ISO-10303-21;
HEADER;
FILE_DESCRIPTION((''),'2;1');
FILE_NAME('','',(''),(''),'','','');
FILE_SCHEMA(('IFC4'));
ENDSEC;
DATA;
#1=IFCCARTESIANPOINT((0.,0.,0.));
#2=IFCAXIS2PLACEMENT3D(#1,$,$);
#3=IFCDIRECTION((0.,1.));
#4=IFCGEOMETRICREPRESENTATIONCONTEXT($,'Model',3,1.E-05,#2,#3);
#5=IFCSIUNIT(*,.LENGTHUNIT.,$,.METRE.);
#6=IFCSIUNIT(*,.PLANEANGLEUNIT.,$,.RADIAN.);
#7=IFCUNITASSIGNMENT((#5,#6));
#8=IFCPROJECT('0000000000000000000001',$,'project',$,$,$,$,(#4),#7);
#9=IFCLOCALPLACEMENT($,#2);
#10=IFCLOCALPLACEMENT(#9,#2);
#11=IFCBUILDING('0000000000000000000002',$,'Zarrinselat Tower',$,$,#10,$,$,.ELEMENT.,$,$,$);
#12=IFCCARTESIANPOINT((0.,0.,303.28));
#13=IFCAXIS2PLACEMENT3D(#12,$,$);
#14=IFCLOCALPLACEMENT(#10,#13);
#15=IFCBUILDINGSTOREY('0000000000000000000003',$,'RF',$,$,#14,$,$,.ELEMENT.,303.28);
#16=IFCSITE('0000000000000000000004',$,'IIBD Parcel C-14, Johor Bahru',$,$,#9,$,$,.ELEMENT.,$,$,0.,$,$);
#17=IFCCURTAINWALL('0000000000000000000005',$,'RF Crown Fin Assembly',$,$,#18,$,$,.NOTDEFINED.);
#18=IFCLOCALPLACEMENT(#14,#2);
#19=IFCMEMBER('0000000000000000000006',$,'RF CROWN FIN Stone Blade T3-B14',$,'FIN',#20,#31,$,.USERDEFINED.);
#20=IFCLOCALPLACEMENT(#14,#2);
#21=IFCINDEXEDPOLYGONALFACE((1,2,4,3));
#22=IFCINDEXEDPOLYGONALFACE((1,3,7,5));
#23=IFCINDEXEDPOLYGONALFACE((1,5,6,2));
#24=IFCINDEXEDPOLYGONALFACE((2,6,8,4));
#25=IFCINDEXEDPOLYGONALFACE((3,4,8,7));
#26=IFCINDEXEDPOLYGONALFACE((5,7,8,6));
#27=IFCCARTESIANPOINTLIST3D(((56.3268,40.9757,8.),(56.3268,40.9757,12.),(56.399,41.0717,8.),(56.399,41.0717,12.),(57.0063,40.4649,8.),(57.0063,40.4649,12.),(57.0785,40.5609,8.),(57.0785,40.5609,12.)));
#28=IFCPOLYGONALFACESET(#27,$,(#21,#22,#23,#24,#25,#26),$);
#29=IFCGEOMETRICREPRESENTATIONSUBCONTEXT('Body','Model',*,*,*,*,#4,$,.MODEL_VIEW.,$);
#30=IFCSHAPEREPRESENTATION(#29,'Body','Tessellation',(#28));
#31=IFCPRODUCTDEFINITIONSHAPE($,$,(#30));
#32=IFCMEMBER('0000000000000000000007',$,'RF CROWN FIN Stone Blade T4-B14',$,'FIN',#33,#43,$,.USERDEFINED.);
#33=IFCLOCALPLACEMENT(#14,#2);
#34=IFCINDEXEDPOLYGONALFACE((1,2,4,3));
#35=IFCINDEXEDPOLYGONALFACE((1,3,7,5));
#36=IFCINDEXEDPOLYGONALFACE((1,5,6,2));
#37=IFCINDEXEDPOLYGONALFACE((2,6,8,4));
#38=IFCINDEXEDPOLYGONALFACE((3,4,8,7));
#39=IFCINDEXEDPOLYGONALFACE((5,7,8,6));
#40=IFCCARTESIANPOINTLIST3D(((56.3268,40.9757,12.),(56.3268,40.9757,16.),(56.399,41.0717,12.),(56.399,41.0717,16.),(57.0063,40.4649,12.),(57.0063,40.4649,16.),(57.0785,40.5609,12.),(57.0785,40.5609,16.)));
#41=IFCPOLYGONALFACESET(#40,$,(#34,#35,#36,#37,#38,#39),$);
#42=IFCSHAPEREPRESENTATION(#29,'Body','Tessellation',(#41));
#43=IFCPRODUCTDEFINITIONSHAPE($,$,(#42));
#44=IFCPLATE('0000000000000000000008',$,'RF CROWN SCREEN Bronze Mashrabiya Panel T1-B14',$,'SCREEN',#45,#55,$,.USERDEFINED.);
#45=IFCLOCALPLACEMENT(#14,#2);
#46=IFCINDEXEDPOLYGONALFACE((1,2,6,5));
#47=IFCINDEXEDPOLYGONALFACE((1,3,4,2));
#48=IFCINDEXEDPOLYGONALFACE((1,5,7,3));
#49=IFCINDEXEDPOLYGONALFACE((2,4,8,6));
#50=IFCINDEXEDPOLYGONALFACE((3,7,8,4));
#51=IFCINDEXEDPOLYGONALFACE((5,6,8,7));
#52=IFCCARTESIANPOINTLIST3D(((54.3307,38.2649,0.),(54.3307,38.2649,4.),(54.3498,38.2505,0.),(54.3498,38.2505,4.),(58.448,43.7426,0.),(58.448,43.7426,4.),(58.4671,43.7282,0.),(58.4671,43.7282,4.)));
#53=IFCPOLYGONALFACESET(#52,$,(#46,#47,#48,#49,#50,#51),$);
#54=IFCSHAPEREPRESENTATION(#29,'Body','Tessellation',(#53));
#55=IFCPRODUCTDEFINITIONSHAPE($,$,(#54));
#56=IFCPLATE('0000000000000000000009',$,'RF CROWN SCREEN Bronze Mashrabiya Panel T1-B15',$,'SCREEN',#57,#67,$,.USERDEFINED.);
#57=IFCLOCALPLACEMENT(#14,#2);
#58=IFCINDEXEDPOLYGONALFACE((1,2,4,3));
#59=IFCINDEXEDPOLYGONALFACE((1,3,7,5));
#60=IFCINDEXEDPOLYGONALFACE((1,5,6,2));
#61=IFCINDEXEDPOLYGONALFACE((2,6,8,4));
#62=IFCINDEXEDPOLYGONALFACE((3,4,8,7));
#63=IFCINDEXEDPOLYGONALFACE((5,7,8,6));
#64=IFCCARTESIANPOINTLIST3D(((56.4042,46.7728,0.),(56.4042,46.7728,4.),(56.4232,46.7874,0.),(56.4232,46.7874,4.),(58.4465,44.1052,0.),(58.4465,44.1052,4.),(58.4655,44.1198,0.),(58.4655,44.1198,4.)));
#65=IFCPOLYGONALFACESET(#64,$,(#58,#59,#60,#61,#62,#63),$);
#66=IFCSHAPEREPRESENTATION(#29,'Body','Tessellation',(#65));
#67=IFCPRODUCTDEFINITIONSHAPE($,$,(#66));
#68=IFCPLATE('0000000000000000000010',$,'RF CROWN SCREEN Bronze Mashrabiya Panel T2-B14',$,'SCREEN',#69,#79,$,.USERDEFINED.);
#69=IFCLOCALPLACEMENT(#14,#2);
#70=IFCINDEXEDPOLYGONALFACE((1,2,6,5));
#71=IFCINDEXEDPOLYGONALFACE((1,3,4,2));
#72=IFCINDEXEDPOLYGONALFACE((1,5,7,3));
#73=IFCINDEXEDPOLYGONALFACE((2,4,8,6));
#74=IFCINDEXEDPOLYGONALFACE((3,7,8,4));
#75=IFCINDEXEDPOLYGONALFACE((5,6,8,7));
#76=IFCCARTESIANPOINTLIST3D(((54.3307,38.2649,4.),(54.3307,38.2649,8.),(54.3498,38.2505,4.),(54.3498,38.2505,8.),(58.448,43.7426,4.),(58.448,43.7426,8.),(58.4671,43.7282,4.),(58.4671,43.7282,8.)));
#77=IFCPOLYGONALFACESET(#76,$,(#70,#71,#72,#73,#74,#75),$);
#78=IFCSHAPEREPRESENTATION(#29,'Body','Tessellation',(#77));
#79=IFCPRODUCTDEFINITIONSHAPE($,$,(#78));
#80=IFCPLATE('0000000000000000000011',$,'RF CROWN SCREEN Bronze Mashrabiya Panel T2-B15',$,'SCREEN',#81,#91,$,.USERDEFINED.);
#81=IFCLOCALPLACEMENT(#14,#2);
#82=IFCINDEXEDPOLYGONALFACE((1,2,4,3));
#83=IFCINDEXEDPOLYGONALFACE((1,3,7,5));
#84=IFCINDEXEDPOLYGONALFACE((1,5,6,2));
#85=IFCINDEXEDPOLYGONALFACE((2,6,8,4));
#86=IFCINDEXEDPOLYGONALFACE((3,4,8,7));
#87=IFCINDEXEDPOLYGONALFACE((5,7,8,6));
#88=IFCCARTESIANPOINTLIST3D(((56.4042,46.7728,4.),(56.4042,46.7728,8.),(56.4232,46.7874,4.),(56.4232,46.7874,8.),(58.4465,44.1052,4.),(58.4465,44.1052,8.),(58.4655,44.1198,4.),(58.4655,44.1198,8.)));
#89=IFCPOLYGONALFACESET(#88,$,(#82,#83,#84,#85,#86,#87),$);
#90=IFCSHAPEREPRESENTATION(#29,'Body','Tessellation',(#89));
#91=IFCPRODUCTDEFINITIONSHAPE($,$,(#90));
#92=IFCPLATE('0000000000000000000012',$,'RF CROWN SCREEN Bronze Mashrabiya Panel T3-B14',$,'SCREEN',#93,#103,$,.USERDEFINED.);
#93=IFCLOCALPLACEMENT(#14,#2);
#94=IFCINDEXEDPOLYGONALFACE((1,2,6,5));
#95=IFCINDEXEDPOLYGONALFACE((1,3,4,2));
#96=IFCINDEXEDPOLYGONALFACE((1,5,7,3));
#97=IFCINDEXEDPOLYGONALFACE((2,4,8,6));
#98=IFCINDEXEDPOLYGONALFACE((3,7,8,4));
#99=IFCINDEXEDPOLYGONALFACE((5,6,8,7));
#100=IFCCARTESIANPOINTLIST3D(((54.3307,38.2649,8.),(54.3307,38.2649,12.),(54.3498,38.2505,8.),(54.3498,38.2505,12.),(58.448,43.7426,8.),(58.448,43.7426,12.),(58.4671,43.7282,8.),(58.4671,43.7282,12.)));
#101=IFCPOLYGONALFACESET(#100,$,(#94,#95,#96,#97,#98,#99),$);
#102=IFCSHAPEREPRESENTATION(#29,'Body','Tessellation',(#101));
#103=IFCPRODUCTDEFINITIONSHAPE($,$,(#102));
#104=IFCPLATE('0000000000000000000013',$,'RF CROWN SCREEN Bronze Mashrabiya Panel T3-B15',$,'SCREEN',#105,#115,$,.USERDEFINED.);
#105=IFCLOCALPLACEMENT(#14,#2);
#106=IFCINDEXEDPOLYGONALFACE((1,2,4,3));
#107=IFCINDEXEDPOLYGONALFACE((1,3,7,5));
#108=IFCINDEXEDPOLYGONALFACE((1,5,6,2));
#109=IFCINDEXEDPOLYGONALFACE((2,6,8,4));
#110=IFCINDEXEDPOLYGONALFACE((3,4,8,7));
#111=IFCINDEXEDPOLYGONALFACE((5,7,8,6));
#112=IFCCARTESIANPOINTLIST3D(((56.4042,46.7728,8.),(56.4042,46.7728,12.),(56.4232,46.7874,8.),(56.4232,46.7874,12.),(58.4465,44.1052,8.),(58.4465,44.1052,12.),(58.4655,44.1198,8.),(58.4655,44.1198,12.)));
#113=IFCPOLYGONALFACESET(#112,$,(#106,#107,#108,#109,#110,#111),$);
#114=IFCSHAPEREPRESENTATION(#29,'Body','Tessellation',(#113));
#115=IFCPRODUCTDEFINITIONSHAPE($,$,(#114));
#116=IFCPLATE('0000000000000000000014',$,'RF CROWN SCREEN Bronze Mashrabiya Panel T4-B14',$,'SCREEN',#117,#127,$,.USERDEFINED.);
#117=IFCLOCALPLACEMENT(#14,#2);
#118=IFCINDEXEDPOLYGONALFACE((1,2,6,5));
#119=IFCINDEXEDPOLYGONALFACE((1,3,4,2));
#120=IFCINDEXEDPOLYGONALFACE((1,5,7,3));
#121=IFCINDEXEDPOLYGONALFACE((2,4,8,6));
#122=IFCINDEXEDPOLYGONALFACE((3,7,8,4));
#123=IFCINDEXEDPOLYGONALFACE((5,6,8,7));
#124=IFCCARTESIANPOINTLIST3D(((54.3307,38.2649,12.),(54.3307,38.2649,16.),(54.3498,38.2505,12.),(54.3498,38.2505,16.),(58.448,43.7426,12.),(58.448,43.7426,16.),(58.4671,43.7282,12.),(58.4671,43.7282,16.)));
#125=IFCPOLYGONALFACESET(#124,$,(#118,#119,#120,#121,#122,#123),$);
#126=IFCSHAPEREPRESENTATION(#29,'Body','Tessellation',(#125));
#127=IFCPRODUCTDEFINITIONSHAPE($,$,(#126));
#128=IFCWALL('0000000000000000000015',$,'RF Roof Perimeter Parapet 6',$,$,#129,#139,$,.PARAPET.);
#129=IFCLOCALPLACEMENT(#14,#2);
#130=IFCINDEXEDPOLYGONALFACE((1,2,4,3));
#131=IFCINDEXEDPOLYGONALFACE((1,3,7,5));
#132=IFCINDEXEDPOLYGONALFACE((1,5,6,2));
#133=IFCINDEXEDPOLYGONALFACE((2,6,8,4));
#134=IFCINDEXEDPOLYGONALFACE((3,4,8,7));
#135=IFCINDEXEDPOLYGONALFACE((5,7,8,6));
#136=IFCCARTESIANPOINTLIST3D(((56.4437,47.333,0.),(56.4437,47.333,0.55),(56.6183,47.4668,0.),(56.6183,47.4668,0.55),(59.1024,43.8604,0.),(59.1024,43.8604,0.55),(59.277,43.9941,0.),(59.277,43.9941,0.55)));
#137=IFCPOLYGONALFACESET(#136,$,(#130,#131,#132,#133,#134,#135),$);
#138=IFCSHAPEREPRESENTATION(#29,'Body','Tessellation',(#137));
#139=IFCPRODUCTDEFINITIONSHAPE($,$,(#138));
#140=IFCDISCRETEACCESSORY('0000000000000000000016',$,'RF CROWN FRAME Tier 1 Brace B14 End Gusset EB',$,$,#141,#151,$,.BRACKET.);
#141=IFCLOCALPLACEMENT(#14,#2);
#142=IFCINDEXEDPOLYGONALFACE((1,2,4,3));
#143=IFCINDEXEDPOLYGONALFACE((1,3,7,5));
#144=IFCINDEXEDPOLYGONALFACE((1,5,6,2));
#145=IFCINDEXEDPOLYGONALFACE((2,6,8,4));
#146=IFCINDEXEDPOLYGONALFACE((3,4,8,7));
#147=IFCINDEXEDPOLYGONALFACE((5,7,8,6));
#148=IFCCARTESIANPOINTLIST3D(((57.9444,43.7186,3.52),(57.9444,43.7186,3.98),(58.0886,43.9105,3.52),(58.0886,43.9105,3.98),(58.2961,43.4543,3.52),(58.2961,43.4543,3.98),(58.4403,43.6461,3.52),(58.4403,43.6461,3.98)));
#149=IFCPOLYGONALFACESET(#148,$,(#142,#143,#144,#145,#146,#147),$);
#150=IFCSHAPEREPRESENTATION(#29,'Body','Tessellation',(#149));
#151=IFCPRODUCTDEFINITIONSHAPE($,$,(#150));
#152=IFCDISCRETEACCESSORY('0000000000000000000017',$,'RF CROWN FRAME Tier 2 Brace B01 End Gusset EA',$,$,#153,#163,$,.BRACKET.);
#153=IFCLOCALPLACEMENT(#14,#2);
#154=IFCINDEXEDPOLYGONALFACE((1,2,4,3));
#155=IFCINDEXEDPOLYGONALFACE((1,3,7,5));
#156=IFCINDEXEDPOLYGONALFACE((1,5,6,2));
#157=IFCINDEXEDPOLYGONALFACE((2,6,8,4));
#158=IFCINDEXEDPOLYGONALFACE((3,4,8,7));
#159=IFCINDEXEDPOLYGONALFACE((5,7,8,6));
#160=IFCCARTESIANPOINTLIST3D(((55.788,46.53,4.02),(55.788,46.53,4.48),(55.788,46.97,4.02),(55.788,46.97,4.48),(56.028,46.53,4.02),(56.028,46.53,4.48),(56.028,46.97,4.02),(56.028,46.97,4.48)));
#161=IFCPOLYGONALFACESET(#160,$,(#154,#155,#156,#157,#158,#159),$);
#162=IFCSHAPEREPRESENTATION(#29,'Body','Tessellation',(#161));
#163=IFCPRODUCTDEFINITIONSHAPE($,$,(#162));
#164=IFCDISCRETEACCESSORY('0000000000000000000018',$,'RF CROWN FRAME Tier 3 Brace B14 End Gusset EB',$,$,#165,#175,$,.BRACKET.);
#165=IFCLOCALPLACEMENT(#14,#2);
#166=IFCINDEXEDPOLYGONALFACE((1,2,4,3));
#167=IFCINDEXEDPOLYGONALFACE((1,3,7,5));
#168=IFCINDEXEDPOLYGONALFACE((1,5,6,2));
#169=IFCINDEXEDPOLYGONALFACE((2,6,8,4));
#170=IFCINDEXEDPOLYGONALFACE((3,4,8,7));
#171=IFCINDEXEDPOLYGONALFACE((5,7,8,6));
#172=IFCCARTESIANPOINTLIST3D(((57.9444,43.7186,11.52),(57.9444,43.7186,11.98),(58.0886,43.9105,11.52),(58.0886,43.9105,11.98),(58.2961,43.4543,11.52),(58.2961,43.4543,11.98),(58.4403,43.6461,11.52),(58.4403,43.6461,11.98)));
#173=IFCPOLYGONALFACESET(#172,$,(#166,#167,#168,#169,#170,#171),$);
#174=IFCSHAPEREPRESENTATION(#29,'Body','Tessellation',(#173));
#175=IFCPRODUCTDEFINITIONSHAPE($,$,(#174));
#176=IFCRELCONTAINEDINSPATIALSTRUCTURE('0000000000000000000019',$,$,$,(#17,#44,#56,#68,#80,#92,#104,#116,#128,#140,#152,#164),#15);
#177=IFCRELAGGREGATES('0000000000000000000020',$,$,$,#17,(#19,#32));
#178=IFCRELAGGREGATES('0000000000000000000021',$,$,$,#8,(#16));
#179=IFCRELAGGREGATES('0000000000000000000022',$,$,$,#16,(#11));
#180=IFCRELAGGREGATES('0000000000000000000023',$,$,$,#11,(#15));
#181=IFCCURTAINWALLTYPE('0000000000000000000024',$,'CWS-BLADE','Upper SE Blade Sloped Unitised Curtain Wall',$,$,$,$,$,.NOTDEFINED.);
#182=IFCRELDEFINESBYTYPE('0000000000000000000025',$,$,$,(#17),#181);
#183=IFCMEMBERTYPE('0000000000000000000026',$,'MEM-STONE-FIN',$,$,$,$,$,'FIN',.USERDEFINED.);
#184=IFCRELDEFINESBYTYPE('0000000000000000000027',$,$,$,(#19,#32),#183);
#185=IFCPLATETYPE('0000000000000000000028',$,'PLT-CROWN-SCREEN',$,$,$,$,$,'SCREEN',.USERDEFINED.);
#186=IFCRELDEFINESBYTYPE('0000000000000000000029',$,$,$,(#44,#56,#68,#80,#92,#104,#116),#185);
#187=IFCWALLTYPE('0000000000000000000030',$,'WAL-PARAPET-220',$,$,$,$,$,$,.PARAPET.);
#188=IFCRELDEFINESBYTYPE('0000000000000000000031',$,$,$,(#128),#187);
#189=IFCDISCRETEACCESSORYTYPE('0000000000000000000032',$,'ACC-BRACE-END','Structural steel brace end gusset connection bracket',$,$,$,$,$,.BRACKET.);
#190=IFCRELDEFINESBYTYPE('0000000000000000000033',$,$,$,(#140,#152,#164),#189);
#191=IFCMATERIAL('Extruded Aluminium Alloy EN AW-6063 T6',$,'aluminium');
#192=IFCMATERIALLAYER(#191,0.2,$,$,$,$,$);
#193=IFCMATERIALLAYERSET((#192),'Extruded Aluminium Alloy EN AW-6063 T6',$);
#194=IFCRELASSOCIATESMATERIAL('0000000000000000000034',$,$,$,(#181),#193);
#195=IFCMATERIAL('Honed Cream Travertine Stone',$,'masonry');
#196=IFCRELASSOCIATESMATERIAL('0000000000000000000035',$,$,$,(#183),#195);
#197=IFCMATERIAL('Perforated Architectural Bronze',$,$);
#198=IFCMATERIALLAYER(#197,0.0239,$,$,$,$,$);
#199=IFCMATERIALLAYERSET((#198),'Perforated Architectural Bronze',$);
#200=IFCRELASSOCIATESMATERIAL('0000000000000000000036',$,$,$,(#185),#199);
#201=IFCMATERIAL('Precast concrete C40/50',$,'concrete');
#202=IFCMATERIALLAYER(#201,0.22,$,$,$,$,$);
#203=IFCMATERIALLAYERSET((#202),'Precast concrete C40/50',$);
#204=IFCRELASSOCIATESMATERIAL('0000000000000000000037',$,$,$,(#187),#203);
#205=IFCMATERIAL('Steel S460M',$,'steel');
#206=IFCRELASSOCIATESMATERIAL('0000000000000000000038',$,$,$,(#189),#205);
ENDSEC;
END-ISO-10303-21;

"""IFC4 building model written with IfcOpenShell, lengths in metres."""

from ifc_helpers import new_model, si_unit, direction, frame, frame_2d, origin, origin_2d, place, context, subcontext, project, spatial, rectangle, extrude, material, layer, layer_set, material_profile, profile_set, type_object, element, aggregate, save


model = new_model("IFC4")

# Units and contexts
model_context = context("Model", 3, precision=1e-05, world=origin(), true_north=direction((0.0, 1.0)))
body_context = subcontext(model_context, "Body", "Model", "MODEL_VIEW")
ifc_project = project(units=[si_unit("LENGTHUNIT", "METRE"), si_unit("PLANEANGLEUNIT", "RADIAN")], contexts=[model_context])

# Site, building, storey
site_placement = place(None, origin())
site = spatial("IfcSite", under=ifc_project, at=site_placement, Name="IIBD Parcel C-14, Johor Bahru", CompositionType="ELEMENT", RefElevation=0.0)
building_placement = place(site_placement, origin())
building = spatial("IfcBuilding", under=site, at=building_placement, Name="Zarrinselat Tower", CompositionType="ELEMENT")
storey_placement = place(building_placement, frame((0.0, 0.0, 303.28)))
storey = spatial("IfcBuildingStorey", under=building, at=storey_placement, Name="RF", CompositionType="ELEMENT", Elevation=303.28)

# Curtain wall, members
ifc_material_1 = material(Name="Extruded Aluminium Alloy EN AW-6063 T6", Category="aluminium")
ifc_layer_1 = layer(ifc_material_1, 0.2)
ifc_layer_set_1 = layer_set([ifc_layer_1], Name="Extruded Aluminium Alloy EN AW-6063 T6")
curtain_wall_type = type_object("IfcCurtainWallType", Name="CWS-BLADE", Description="Upper SE Blade Sloped Unitised Curtain Wall", PredefinedType="NOTDEFINED", material=ifc_layer_set_1)
curtain_wall_placement = place(storey_placement, origin())
curtain_wall = element("IfcCurtainWall", 1, at=curtain_wall_placement, inside=storey, type_object=curtain_wall_type, Name="RF Crown Fin Assembly", PredefinedType="NOTDEFINED")
ifc_material_2 = material(Name="Honed Cream Travertine Stone", Category="masonry")
ifc_material_profile_1 = material_profile(ifc_material_2, rectangle(XDim=0.1201, YDim=0.8501, at=origin_2d()), Name="FIN 850x120")
ifc_profile_set_1 = profile_set([ifc_material_profile_1], Name="Honed Cream Travertine Stone")
member_type_1 = type_object("IfcMemberType", Name="MEM-STONE-FIN", ElementType="FIN", PredefinedType="USERDEFINED", material=ifc_profile_set_1)
member_1_placement = place(storey_placement, frame((56.7026, 40.7683, 8.0), z_axis=(0.0, 0.0, 1.0), x_axis=(-0.600844, -0.799367, 0.0)))
member_1 = element("IfcMember", 2, at=member_1_placement, type_object=member_type_1, Name="RF CROWN FIN Stone Blade T3-B14", ObjectType="FIN", PredefinedType="USERDEFINED", context=body_context, shape_type="SweptSolid", body=[
    extrude(rectangle(XDim=0.1201, YDim=0.8501, at=origin_2d()), origin(), (0.0, 0.0, 1.0), 4.0),
])
member_2_placement = place(storey_placement, frame((56.7026, 40.7683, 12.0), z_axis=(0.0, 0.0, 1.0), x_axis=(-0.600844, -0.799367, 0.0)))
member_2 = element("IfcMember", 3, at=member_2_placement, type_object=member_type_1, Name="RF CROWN FIN Stone Blade T4-B14", ObjectType="FIN", PredefinedType="USERDEFINED", context=body_context, shape_type="SweptSolid", body=[
    extrude(rectangle(XDim=0.1201, YDim=0.8501, at=origin_2d()), origin(), (0.0, 0.0, 1.0), 4.0),
])
aggregate(curtain_wall, [member_1, member_2])

# Plates
ifc_material_3 = material(Name="Perforated Architectural Bronze")
ifc_layer_2 = layer(ifc_material_3, 0.0239)
ifc_layer_set_2 = layer_set([ifc_layer_2], Name="Perforated Architectural Bronze")
plate_type = type_object("IfcPlateType", Name="PLT-CROWN-SCREEN", ElementType="SCREEN", PredefinedType="USERDEFINED", material=ifc_layer_set_2)
plate_1_placement = place(storey_placement, frame((56.3989, 40.9966, 0.0), z_axis=(0.0, 0.0, 1.0), x_axis=(0.600844, 0.799367, 0.0)))
element("IfcPlate", 4, at=plate_1_placement, inside=storey, type_object=plate_type, Name="RF CROWN SCREEN Bronze Mashrabiya Panel T1-B14", ObjectType="SCREEN", PredefinedType="USERDEFINED", context=body_context, shape_type="SweptSolid", body=[
    extrude(rectangle(XDim=6.8525, YDim=0.0239, at=origin_2d()), origin(), (0.0, 0.0, 1.0), 4.0),
])
plate_2_placement = place(storey_placement, frame((57.4348, 45.4463, 0.0), z_axis=(0.0, 0.0, 1.0), x_axis=(-0.607895, 0.794017, 0.0)))
element("IfcPlate", 5, at=plate_2_placement, inside=storey, type_object=plate_type, Name="RF CROWN SCREEN Bronze Mashrabiya Panel T1-B15", ObjectType="SCREEN", PredefinedType="USERDEFINED", context=body_context, shape_type="SweptSolid", body=[
    extrude(rectangle(XDim=3.3596, YDim=0.0239, at=origin_2d()), origin(), (0.0, 0.0, 1.0), 4.0),
])
plate_3_placement = place(storey_placement, frame((56.3989, 40.9966, 4.0), z_axis=(0.0, 0.0, 1.0), x_axis=(0.600844, 0.799367, 0.0)))
element("IfcPlate", 6, at=plate_3_placement, inside=storey, type_object=plate_type, Name="RF CROWN SCREEN Bronze Mashrabiya Panel T2-B14", ObjectType="SCREEN", PredefinedType="USERDEFINED", context=body_context, shape_type="SweptSolid", body=[
    extrude(rectangle(XDim=6.8525, YDim=0.0239, at=origin_2d()), origin(), (0.0, 0.0, 1.0), 4.0),
])
plate_4_placement = place(storey_placement, frame((57.4348, 45.4463, 4.0), z_axis=(0.0, 0.0, 1.0), x_axis=(-0.607895, 0.794017, 0.0)))
element("IfcPlate", 7, at=plate_4_placement, inside=storey, type_object=plate_type, Name="RF CROWN SCREEN Bronze Mashrabiya Panel T2-B15", ObjectType="SCREEN", PredefinedType="USERDEFINED", context=body_context, shape_type="SweptSolid", body=[
    extrude(rectangle(XDim=3.3596, YDim=0.0239, at=origin_2d()), origin(), (0.0, 0.0, 1.0), 4.0),
])
plate_5_placement = place(storey_placement, frame((56.3989, 40.9966, 8.0), z_axis=(0.0, 0.0, 1.0), x_axis=(0.600844, 0.799367, 0.0)))
element("IfcPlate", 8, at=plate_5_placement, inside=storey, type_object=plate_type, Name="RF CROWN SCREEN Bronze Mashrabiya Panel T3-B14", ObjectType="SCREEN", PredefinedType="USERDEFINED", context=body_context, shape_type="SweptSolid", body=[
    extrude(rectangle(XDim=6.8525, YDim=0.0239, at=origin_2d()), origin(), (0.0, 0.0, 1.0), 4.0),
])
plate_6_placement = place(storey_placement, frame((57.4348, 45.4463, 8.0), z_axis=(0.0, 0.0, 1.0), x_axis=(-0.607895, 0.794017, 0.0)))
element("IfcPlate", 9, at=plate_6_placement, inside=storey, type_object=plate_type, Name="RF CROWN SCREEN Bronze Mashrabiya Panel T3-B15", ObjectType="SCREEN", PredefinedType="USERDEFINED", context=body_context, shape_type="SweptSolid", body=[
    extrude(rectangle(XDim=3.3596, YDim=0.0239, at=origin_2d()), origin(), (0.0, 0.0, 1.0), 4.0),
])
plate_7_placement = place(storey_placement, frame((56.3989, 40.9966, 12.0), z_axis=(0.0, 0.0, 1.0), x_axis=(0.600844, 0.799367, 0.0)))
element("IfcPlate", 10, at=plate_7_placement, inside=storey, type_object=plate_type, Name="RF CROWN SCREEN Bronze Mashrabiya Panel T4-B14", ObjectType="SCREEN", PredefinedType="USERDEFINED", context=body_context, shape_type="SweptSolid", body=[
    extrude(rectangle(XDim=6.8525, YDim=0.0239, at=origin_2d()), origin(), (0.0, 0.0, 1.0), 4.0),
])

# Wall
ifc_material_4 = material(Name="Precast concrete C40/50", Category="concrete")
ifc_layer_3 = layer(ifc_material_4, 0.22)
ifc_layer_set_3 = layer_set([ifc_layer_3], Name="Precast concrete C40/50")
wall_type = type_object("IfcWallType", Name="WAL-PARAPET-220", PredefinedType="PARAPET", material=ifc_layer_set_3)
wall_placement = place(storey_placement, frame((56.531, 47.3999, 0.0), z_axis=(0.0, 0.0, 1.0), x_axis=(0.607902, -0.794012, 0.0)))
element("IfcWall", 11, at=wall_placement, inside=storey, type_object=wall_type, Name="RF Roof Perimeter Parapet 6", PredefinedType="PARAPET", context=body_context, shape_type="SweptSolid", body=[
    extrude(rectangle(XDim=4.3735, YDim=0.22, at=frame_2d((2.1868, 0.0))), origin(), (0.0, 0.0, 1.0), 0.55),
])

# Discrete accessories
ifc_material_5 = material(Name="Steel S460M", Category="steel")
discrete_accessory_type = type_object("IfcDiscreteAccessoryType", Name="ACC-BRACE-END", Description="Structural steel brace end gusset connection bracket", PredefinedType="BRACKET", material=ifc_material_5)
for number, where, z_axis, x_axis, name in (
    (12, (58.1924, 43.6824, 3.52), (0.0, 0.0, 1.0), (0.600844, 0.799367, 0.0), "RF CROWN FRAME Tier 1 Brace B14 End Gusset EB"),
    (13, (55.908, 46.75, 4.02), (0.0, 0.0, 1.0), (-1.0, 0.0, 0.0), "RF CROWN FRAME Tier 2 Brace B01 End Gusset EA"),
    (14, (58.1924, 43.6824, 11.52), (0.0, 0.0, 1.0), (0.600844, 0.799367, 0.0), "RF CROWN FRAME Tier 3 Brace B14 End Gusset EB"),
):
    element("IfcDiscreteAccessory", number, at=place(storey_placement, frame(where, z_axis=z_axis, x_axis=x_axis)), inside=storey, type_object=discrete_accessory_type, Name=name, PredefinedType="BRACKET", context=body_context, shape_type="SweptSolid", body=[
        extrude(rectangle(XDim=0.24, YDim=0.4399, at=origin_2d()), origin(), (0.0, 0.0, 1.0), 0.46),
    ])

save(model, "model.ifc")
